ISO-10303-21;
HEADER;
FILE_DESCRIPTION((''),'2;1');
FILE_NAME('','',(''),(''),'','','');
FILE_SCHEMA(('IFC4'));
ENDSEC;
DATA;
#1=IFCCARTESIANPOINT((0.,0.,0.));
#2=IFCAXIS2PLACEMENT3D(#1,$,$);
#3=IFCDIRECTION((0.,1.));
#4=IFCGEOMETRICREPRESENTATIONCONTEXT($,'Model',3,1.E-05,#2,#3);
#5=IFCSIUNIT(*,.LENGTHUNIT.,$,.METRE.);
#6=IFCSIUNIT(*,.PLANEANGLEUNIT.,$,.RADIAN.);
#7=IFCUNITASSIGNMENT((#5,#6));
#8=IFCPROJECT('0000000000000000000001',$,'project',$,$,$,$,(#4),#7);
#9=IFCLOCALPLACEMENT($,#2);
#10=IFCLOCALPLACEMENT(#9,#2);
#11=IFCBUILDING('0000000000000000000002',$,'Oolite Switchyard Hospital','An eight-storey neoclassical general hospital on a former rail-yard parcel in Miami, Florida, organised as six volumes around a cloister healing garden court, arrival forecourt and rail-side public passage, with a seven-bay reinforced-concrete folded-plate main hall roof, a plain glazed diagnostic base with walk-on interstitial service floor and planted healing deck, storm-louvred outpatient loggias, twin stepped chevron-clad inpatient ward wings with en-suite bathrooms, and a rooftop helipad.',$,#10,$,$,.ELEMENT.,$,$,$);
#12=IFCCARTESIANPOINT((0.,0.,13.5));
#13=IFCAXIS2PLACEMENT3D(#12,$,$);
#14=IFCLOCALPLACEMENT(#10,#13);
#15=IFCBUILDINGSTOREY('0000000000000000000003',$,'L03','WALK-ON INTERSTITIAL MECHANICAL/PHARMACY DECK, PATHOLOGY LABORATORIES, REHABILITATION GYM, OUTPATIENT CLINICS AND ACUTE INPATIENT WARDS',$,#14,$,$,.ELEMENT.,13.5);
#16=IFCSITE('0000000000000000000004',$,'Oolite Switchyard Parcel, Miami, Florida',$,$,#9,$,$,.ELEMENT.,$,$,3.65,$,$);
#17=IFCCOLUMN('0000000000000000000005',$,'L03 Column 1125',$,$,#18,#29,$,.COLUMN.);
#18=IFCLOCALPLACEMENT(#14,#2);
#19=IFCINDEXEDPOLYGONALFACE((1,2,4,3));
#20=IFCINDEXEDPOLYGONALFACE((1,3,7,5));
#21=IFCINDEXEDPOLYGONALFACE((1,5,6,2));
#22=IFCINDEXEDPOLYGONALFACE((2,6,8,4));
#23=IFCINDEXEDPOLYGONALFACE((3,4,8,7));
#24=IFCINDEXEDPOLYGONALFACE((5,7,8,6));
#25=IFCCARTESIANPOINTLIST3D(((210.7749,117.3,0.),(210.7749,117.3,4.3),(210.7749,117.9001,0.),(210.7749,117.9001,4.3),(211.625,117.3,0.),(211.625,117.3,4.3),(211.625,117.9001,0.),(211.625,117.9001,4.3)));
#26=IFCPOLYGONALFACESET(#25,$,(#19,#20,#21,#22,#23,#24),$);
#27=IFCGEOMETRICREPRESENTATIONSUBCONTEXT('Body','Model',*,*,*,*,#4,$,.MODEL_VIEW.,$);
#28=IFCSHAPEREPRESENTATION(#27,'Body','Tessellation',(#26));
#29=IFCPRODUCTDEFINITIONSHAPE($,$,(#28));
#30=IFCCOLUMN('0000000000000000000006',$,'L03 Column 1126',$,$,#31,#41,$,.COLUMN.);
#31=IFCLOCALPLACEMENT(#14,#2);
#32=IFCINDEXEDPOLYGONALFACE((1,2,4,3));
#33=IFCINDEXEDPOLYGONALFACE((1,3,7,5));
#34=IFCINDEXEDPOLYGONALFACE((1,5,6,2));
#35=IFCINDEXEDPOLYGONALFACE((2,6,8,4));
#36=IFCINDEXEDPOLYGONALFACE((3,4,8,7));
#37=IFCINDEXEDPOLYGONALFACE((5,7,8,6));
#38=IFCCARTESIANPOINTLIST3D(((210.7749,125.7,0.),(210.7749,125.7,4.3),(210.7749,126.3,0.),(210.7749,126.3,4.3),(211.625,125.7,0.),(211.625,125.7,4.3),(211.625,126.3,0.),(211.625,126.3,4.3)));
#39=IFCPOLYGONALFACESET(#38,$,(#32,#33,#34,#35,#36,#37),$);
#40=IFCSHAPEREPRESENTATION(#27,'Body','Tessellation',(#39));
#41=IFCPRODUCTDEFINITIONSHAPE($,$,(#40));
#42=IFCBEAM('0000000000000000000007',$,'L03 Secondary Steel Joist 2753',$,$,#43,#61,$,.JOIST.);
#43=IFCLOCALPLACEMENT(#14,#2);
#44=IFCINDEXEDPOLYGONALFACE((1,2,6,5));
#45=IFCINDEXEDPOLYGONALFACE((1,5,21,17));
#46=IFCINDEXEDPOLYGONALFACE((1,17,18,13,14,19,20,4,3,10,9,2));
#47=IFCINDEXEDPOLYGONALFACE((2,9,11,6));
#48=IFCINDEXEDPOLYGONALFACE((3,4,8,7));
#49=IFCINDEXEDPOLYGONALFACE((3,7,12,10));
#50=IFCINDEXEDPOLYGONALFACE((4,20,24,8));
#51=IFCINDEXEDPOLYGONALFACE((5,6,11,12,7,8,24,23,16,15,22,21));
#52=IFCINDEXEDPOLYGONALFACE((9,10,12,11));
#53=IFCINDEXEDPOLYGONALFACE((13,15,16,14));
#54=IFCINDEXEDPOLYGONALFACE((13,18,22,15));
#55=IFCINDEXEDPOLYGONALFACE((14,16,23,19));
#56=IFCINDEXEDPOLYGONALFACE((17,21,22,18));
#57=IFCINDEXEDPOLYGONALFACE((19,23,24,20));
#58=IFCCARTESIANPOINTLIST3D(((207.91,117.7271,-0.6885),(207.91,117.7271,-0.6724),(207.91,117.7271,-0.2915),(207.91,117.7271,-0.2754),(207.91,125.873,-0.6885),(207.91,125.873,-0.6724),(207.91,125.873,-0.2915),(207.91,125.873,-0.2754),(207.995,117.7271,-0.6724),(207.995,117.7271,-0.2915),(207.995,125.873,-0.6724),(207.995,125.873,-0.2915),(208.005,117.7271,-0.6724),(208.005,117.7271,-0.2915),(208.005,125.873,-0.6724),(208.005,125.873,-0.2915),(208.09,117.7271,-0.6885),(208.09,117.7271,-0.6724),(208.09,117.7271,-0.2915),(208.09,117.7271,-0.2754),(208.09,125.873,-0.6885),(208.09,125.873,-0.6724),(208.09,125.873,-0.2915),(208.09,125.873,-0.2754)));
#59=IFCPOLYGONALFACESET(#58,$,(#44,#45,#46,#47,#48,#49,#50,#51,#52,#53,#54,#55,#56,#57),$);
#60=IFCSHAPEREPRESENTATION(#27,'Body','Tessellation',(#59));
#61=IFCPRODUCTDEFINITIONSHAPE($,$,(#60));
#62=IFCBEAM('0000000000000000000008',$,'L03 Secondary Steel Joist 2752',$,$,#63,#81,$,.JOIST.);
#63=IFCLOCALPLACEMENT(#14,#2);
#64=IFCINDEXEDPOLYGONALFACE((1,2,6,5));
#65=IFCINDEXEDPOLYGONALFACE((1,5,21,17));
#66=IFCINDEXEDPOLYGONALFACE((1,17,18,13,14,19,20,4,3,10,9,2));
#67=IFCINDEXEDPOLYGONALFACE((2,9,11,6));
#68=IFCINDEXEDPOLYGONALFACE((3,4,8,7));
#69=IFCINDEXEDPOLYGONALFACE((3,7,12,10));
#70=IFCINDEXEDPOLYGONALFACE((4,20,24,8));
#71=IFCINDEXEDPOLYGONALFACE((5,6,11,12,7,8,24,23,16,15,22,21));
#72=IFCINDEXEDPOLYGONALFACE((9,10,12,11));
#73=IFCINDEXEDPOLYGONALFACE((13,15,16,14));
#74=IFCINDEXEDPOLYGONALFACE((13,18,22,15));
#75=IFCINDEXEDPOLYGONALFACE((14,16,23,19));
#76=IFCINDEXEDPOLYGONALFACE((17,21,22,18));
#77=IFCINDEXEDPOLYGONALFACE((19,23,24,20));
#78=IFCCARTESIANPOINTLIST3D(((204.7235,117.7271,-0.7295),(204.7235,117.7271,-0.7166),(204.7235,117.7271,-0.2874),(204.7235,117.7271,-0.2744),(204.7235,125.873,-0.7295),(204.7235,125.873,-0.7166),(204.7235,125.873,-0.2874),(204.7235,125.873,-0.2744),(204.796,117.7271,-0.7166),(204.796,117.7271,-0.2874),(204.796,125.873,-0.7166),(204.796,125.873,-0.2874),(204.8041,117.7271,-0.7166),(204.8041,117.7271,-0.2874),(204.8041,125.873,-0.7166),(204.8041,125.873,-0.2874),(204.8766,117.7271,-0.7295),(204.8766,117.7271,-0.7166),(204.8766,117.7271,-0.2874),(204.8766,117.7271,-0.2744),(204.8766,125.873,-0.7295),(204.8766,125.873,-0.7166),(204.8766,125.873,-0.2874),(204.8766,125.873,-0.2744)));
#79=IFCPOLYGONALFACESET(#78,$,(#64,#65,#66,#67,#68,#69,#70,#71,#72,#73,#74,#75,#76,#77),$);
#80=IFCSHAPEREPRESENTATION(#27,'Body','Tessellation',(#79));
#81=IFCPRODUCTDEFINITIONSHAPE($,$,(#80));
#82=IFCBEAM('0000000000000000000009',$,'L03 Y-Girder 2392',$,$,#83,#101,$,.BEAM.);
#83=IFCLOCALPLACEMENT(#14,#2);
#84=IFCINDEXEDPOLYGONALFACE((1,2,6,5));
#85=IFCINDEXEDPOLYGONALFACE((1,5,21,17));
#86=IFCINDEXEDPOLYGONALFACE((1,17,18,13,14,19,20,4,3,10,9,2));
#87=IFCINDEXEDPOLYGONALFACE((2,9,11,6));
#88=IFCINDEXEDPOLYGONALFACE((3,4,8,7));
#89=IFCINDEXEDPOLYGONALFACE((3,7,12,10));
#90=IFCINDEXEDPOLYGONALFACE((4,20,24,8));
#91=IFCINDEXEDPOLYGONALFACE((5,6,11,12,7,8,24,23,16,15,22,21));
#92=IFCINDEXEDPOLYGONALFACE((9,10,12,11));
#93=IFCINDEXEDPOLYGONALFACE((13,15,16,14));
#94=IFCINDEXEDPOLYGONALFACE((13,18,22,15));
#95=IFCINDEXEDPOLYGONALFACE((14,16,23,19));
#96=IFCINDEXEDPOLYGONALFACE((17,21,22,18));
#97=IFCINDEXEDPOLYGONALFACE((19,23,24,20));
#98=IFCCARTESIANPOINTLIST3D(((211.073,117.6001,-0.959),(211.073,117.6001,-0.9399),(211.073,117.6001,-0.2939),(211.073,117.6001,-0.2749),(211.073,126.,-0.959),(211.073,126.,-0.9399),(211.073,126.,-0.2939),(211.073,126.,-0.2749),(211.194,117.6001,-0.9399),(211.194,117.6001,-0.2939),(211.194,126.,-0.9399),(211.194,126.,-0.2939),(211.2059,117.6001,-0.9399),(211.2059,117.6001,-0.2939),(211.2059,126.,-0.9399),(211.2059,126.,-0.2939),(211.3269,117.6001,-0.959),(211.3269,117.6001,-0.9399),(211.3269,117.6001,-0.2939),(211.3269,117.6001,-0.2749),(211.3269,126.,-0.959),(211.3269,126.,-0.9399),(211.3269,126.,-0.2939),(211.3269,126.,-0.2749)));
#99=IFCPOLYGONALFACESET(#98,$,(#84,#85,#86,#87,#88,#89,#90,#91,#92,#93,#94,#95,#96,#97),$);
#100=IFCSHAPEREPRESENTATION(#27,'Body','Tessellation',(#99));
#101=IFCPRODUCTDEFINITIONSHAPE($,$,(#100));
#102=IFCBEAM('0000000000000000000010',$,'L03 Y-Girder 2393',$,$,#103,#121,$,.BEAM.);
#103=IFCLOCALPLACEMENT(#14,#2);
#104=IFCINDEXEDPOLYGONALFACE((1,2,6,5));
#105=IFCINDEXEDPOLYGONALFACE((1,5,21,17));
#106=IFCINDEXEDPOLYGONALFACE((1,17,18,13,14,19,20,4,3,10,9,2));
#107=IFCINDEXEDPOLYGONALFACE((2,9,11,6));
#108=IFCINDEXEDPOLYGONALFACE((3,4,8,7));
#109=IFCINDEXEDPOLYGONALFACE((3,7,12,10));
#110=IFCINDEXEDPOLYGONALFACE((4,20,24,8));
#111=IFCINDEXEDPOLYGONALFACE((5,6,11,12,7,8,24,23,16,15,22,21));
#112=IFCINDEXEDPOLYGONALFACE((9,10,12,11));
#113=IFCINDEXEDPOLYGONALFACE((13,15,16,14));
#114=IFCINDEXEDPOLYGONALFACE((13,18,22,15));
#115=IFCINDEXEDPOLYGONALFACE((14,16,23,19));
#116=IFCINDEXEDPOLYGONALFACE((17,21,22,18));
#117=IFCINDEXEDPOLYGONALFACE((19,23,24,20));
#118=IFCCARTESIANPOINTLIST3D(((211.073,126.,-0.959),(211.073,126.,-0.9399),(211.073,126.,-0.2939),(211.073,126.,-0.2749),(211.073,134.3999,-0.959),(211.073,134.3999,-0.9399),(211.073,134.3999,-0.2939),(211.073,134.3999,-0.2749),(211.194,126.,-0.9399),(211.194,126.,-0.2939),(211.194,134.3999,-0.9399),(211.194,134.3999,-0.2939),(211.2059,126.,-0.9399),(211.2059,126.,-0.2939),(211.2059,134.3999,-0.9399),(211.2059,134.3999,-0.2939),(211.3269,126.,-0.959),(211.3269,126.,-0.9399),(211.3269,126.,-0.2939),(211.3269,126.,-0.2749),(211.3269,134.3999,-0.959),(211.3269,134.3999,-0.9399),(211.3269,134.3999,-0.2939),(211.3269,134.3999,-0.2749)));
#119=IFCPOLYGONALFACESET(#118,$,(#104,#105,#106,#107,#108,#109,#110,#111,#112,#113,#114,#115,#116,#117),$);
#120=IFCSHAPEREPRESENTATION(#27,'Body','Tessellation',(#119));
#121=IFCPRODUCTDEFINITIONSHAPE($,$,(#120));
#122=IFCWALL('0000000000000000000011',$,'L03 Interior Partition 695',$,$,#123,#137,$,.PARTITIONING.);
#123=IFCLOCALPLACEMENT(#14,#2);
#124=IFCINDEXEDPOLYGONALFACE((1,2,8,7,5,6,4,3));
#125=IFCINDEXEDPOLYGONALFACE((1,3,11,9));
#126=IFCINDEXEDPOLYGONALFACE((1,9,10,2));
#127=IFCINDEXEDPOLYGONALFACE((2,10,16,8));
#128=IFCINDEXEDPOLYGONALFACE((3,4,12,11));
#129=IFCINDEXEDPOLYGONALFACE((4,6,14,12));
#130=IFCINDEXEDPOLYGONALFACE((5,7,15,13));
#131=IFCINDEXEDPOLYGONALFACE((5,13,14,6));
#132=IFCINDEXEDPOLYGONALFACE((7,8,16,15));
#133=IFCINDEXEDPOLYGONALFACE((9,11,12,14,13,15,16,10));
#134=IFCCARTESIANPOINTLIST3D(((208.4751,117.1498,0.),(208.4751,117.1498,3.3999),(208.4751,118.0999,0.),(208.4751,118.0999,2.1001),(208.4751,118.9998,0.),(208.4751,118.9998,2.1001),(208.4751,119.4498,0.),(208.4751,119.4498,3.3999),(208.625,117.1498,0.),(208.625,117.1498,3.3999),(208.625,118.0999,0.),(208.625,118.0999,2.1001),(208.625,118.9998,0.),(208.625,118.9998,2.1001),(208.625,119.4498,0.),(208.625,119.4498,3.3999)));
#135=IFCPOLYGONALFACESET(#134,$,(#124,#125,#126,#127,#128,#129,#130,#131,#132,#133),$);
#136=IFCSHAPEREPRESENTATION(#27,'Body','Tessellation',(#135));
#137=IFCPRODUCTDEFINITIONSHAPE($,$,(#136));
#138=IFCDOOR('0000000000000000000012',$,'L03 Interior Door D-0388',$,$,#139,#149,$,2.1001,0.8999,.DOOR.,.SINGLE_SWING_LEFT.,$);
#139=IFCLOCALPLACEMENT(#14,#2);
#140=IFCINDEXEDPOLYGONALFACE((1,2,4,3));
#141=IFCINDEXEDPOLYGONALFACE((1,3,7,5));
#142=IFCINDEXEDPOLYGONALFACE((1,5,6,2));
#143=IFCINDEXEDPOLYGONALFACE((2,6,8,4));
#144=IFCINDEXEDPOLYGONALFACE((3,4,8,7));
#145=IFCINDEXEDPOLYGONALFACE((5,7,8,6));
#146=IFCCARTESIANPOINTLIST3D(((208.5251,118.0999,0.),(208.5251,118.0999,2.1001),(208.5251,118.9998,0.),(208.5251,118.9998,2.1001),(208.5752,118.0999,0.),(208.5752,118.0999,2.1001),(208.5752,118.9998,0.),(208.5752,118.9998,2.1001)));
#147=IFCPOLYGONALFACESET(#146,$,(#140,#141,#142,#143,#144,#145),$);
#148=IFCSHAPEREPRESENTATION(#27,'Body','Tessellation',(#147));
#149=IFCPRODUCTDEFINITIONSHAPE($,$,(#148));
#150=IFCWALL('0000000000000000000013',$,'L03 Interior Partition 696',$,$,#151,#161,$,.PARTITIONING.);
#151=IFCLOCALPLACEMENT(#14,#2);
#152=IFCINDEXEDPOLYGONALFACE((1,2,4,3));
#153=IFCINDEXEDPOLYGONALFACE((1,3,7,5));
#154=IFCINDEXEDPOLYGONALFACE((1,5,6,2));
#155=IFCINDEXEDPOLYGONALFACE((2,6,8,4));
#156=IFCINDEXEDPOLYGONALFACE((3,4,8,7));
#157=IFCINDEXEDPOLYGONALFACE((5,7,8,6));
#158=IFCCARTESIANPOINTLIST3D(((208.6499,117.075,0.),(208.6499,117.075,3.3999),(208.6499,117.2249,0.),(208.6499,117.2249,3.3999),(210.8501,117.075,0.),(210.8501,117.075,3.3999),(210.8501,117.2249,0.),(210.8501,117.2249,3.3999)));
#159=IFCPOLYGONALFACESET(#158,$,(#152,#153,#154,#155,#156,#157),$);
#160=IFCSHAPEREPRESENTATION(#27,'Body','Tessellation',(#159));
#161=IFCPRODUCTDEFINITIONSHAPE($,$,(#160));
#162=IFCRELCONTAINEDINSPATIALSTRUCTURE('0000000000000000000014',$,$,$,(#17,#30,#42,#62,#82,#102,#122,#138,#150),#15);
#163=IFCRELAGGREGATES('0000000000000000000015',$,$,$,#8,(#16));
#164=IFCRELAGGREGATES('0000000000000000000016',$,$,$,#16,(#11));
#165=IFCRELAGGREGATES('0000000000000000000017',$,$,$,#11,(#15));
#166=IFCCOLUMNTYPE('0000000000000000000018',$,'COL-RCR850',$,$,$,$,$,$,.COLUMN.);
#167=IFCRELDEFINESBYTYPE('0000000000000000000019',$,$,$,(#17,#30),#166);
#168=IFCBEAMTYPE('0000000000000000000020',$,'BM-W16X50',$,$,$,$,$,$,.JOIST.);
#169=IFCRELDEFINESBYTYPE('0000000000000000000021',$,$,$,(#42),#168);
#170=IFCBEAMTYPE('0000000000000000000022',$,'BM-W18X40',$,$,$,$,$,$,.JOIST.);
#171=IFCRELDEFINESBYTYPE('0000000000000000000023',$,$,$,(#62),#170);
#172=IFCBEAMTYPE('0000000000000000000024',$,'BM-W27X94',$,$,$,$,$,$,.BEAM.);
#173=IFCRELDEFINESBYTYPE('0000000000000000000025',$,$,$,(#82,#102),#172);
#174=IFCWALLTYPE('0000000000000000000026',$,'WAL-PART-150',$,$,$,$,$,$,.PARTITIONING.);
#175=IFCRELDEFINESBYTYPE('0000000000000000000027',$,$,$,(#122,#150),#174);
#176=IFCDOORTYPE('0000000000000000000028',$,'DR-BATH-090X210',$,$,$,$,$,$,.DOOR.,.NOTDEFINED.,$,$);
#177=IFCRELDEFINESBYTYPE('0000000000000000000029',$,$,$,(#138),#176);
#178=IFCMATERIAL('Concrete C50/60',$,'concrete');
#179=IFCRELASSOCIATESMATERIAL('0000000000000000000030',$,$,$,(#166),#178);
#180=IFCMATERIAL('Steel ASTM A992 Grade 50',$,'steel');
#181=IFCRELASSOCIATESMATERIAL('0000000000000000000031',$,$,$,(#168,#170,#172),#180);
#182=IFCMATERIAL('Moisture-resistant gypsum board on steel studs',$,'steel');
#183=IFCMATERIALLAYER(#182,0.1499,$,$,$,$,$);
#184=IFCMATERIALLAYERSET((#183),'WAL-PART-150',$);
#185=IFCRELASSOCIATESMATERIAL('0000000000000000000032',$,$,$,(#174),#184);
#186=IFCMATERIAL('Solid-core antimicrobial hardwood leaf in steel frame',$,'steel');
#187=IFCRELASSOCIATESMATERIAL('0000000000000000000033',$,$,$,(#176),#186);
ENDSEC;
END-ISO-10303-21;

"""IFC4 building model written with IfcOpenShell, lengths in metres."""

from ifc_helpers import new_model, si_unit, direction, frame, frame_2d, origin, origin_2d, place, context, subcontext, project, spatial, rectangle, i_section, extrude, material, layer, layer_set, material_profile, profile_set, type_object, element, fill, save


model = new_model("IFC4")

# Units and contexts
model_context = context("Model", 3, precision=1e-05, world=origin(), true_north=direction((0.0, 1.0)))
body_context = subcontext(model_context, "Body", "Model", "MODEL_VIEW")
ifc_project = project(units=[si_unit("LENGTHUNIT", "METRE"), si_unit("PLANEANGLEUNIT", "RADIAN")], contexts=[model_context])

# Site, building, storey
site_placement = place(None, origin())
site = spatial("IfcSite", under=ifc_project, at=site_placement, Name="Oolite Switchyard Parcel, Miami, Florida", CompositionType="ELEMENT", RefElevation=3.65)
building_placement = place(site_placement, origin())
building = spatial("IfcBuilding", under=site, at=building_placement, Name="Oolite Switchyard Hospital", Description="An eight-storey neoclassical general hospital on a former rail-yard parcel in Miami, Florida, organised as six volumes around a cloister healing garden court, arrival forecourt and rail-side public passage, with a seven-bay reinforced-concrete folded-plate main hall roof, a plain glazed diagnostic base with walk-on interstitial service floor and planted healing deck, storm-louvred outpatient loggias, twin stepped chevron-clad inpatient ward wings with en-suite bathrooms, and a rooftop helipad.", CompositionType="ELEMENT")
storey_placement = place(building_placement, frame((0.0, 0.0, 13.5)))
storey = spatial("IfcBuildingStorey", under=building, at=storey_placement, Name="L03", Description="WALK-ON INTERSTITIAL MECHANICAL/PHARMACY DECK, PATHOLOGY LABORATORIES, REHABILITATION GYM, OUTPATIENT CLINICS AND ACUTE INPATIENT WARDS", CompositionType="ELEMENT", Elevation=13.5)

# Columns
ifc_material_1 = material(Name="Concrete C50/60", Category="concrete")
ifc_material_profile_1 = material_profile(ifc_material_1, rectangle(XDim=0.8501, YDim=0.6001, at=origin_2d()), Name="RC850X600")
ifc_profile_set_1 = profile_set([ifc_material_profile_1], Name="Concrete C50/60")
column_type = type_object("IfcColumnType", Name="COL-RCR850", PredefinedType="COLUMN", material=ifc_profile_set_1)
for number, where, z_axis, x_axis, name in (
    (1, (211.2, 117.6001, 0.0), (0.0, 0.0, 1.0), (1.0, 0.0, 0.0), "L03 Column 1125"),
    (2, (211.2, 126.0, 0.0), (0.0, 0.0, 1.0), (1.0, 0.0, 0.0), "L03 Column 1126"),
):
    element("IfcColumn", number, at=place(storey_placement, frame(where, z_axis=z_axis, x_axis=x_axis)), inside=storey, type_object=column_type, Name=name, PredefinedType="COLUMN", context=body_context, shape_type="SweptSolid", body=[
        extrude(rectangle(XDim=0.8501, YDim=0.6001, at=origin_2d()), origin(), (0.0, 0.0, 1.0), 4.3),
    ])

# Beams
ifc_material_2 = material(Name="Steel ASTM A992 Grade 50", Category="steel")
ifc_material_profile_2 = material_profile(ifc_material_2, i_section(OverallWidth=0.1799, OverallDepth=0.4131, WebThickness=0.01, FlangeThickness=0.0161, at=origin_2d()), Name="W16X50")
ifc_profile_set_2 = profile_set([ifc_material_profile_2], Name="Steel ASTM A992 Grade 50")
beam_type_1 = type_object("IfcBeamType", Name="BM-W16X50", PredefinedType="JOIST", material=ifc_profile_set_2)
beam_1_placement = place(storey_placement, frame((208.0, 117.7271, -0.4819), z_axis=(0.0, 1.0, 0.0), x_axis=(-1.0, 0.0, 0.0)))
element("IfcBeam", 3, at=beam_1_placement, inside=storey, type_object=beam_type_1, Name="L03 Secondary Steel Joist 2753", PredefinedType="JOIST", context=body_context, shape_type="SweptSolid", body=[
    extrude(i_section(OverallWidth=0.1799, OverallDepth=0.4131, WebThickness=0.01, FlangeThickness=0.0161, at=origin_2d()), origin(), (0.0, 0.0, 1.0), 8.146),
])
ifc_material_profile_3 = material_profile(ifc_material_2, i_section(OverallWidth=0.1531, OverallDepth=0.4551, WebThickness=0.0081, FlangeThickness=0.0129, at=origin_2d()), Name="W18X40")
ifc_profile_set_3 = profile_set([ifc_material_profile_3], Name="Steel ASTM A992 Grade 50")
beam_type_2 = type_object("IfcBeamType", Name="BM-W18X40", PredefinedType="JOIST", material=ifc_profile_set_3)
beam_2_placement = place(storey_placement, frame((204.8, 117.7271, -0.502), z_axis=(0.0, 1.0, 0.0), x_axis=(-1.0, 0.0, 0.0)))
element("IfcBeam", 4, at=beam_2_placement, inside=storey, type_object=beam_type_2, Name="L03 Secondary Steel Joist 2752", PredefinedType="JOIST", context=body_context, shape_type="SweptSolid", body=[
    extrude(i_section(OverallWidth=0.1531, OverallDepth=0.4551, WebThickness=0.0081, FlangeThickness=0.0129, at=origin_2d()), origin(), (0.0, 0.0, 1.0), 8.146),
])
ifc_material_profile_4 = material_profile(ifc_material_2, i_section(OverallWidth=0.2539, OverallDepth=0.6841, WebThickness=0.012, FlangeThickness=0.019, at=origin_2d()), Name="W27X94")
ifc_profile_set_4 = profile_set([ifc_material_profile_4], Name="Steel ASTM A992 Grade 50")
beam_type_3 = type_object("IfcBeamType", Name="BM-W27X94", PredefinedType="BEAM", material=ifc_profile_set_4)
for number, where, z_axis, x_axis, name in (
    (5, (211.2, 117.6001, -0.6169), (0.0, 1.0, 0.0), (-1.0, 0.0, 0.0), "L03 Y-Girder 2392"),
    (6, (211.2, 126.0, -0.6169), (0.0, 1.0, 0.0), (-1.0, 0.0, 0.0), "L03 Y-Girder 2393"),
):
    element("IfcBeam", number, at=place(storey_placement, frame(where, z_axis=z_axis, x_axis=x_axis)), inside=storey, type_object=beam_type_3, Name=name, PredefinedType="BEAM", context=body_context, shape_type="SweptSolid", body=[
        extrude(i_section(OverallWidth=0.2539, OverallDepth=0.6841, WebThickness=0.012, FlangeThickness=0.019, at=origin_2d()), origin(), (0.0, 0.0, 1.0), 8.3999),
    ])

# Wall, opening, door
ifc_material_3 = material(Name="Moisture-resistant gypsum board on steel studs", Category="steel")
ifc_layer = layer(ifc_material_3, 0.1499)
ifc_layer_set = layer_set([ifc_layer], Name="WAL-PART-150")
wall_type = type_object("IfcWallType", Name="WAL-PART-150", PredefinedType="PARTITIONING", material=ifc_layer_set)
wall_1_placement = place(storey_placement, frame((208.55, 117.1499, 0.0), z_axis=(0.0, 0.0, 1.0), x_axis=(0.0, 1.0, 0.0)))
wall_1 = element("IfcWall", 7, at=wall_1_placement, inside=storey, type_object=wall_type, Name="L03 Interior Partition 695", PredefinedType="PARTITIONING", context=body_context, shape_type="SweptSolid", body=[
    extrude(rectangle(XDim=2.3, YDim=0.1499, at=frame_2d((1.1499, 0.0))), origin(), (0.0, 0.0, 1.0), 3.3999),
])
opening_1_placement = place(wall_1_placement, frame((0.95, 0.0, 0.0)))
opening_1 = element("IfcOpeningElement", 8, at=opening_1_placement, cuts=wall_1, PredefinedType="OPENING", context=body_context, shape_type="SweptSolid", body=[
    extrude(rectangle(XDim=0.8999, YDim=2.1001, at=frame_2d((0.45, 1.05))), frame((0.0, 0.085, 0.0), z_axis=(0.0, -1.0, 0.0), x_axis=(1.0, 0.0, 0.0)), (0.0, 0.0, 1.0), 0.1699),
])
ifc_material_4 = material(Name="Solid-core antimicrobial hardwood leaf in steel frame", Category="steel")
door_type_1 = type_object("IfcDoorType", Name="DR-BATH-090X210", OperationType="NOTDEFINED", PredefinedType="DOOR", material=ifc_material_4)
door_1_placement = place(opening_1_placement, origin())
door_1 = element("IfcDoor", 9, at=door_1_placement, inside=storey, type_object=door_type_1, Name="L03 Interior Door D-0388", OperationType="SINGLE_SWING_LEFT", OverallHeight=2.1001, OverallWidth=0.8999, PredefinedType="DOOR", context=body_context, shape_type="SweptSolid", body=[
    extrude(rectangle(XDim=0.8999, YDim=2.1001, at=frame_2d((0.45, 1.05))), frame((0.0, 0.0249, 0.0), z_axis=(0.0, -1.0, 0.0), x_axis=(1.0, 0.0, 0.0)), (0.0, 0.0, 1.0), 0.05),
])
fill(opening_1, door_1)

# Wall
wall_2_placement = place(storey_placement, frame((208.6499, 117.1499, 0.0), z_axis=(0.0, 0.0, 1.0), x_axis=(1.0, 0.0, 0.0)))
element("IfcWall", 10, at=wall_2_placement, inside=storey, type_object=wall_type, Name="L03 Interior Partition 696", PredefinedType="PARTITIONING", context=body_context, shape_type="SweptSolid", body=[
    extrude(rectangle(XDim=2.2002, YDim=0.1499, at=frame_2d((1.1001, 0.0))), origin(), (0.0, 0.0, 1.0), 3.3999),
])

save(model, "model.ifc")
